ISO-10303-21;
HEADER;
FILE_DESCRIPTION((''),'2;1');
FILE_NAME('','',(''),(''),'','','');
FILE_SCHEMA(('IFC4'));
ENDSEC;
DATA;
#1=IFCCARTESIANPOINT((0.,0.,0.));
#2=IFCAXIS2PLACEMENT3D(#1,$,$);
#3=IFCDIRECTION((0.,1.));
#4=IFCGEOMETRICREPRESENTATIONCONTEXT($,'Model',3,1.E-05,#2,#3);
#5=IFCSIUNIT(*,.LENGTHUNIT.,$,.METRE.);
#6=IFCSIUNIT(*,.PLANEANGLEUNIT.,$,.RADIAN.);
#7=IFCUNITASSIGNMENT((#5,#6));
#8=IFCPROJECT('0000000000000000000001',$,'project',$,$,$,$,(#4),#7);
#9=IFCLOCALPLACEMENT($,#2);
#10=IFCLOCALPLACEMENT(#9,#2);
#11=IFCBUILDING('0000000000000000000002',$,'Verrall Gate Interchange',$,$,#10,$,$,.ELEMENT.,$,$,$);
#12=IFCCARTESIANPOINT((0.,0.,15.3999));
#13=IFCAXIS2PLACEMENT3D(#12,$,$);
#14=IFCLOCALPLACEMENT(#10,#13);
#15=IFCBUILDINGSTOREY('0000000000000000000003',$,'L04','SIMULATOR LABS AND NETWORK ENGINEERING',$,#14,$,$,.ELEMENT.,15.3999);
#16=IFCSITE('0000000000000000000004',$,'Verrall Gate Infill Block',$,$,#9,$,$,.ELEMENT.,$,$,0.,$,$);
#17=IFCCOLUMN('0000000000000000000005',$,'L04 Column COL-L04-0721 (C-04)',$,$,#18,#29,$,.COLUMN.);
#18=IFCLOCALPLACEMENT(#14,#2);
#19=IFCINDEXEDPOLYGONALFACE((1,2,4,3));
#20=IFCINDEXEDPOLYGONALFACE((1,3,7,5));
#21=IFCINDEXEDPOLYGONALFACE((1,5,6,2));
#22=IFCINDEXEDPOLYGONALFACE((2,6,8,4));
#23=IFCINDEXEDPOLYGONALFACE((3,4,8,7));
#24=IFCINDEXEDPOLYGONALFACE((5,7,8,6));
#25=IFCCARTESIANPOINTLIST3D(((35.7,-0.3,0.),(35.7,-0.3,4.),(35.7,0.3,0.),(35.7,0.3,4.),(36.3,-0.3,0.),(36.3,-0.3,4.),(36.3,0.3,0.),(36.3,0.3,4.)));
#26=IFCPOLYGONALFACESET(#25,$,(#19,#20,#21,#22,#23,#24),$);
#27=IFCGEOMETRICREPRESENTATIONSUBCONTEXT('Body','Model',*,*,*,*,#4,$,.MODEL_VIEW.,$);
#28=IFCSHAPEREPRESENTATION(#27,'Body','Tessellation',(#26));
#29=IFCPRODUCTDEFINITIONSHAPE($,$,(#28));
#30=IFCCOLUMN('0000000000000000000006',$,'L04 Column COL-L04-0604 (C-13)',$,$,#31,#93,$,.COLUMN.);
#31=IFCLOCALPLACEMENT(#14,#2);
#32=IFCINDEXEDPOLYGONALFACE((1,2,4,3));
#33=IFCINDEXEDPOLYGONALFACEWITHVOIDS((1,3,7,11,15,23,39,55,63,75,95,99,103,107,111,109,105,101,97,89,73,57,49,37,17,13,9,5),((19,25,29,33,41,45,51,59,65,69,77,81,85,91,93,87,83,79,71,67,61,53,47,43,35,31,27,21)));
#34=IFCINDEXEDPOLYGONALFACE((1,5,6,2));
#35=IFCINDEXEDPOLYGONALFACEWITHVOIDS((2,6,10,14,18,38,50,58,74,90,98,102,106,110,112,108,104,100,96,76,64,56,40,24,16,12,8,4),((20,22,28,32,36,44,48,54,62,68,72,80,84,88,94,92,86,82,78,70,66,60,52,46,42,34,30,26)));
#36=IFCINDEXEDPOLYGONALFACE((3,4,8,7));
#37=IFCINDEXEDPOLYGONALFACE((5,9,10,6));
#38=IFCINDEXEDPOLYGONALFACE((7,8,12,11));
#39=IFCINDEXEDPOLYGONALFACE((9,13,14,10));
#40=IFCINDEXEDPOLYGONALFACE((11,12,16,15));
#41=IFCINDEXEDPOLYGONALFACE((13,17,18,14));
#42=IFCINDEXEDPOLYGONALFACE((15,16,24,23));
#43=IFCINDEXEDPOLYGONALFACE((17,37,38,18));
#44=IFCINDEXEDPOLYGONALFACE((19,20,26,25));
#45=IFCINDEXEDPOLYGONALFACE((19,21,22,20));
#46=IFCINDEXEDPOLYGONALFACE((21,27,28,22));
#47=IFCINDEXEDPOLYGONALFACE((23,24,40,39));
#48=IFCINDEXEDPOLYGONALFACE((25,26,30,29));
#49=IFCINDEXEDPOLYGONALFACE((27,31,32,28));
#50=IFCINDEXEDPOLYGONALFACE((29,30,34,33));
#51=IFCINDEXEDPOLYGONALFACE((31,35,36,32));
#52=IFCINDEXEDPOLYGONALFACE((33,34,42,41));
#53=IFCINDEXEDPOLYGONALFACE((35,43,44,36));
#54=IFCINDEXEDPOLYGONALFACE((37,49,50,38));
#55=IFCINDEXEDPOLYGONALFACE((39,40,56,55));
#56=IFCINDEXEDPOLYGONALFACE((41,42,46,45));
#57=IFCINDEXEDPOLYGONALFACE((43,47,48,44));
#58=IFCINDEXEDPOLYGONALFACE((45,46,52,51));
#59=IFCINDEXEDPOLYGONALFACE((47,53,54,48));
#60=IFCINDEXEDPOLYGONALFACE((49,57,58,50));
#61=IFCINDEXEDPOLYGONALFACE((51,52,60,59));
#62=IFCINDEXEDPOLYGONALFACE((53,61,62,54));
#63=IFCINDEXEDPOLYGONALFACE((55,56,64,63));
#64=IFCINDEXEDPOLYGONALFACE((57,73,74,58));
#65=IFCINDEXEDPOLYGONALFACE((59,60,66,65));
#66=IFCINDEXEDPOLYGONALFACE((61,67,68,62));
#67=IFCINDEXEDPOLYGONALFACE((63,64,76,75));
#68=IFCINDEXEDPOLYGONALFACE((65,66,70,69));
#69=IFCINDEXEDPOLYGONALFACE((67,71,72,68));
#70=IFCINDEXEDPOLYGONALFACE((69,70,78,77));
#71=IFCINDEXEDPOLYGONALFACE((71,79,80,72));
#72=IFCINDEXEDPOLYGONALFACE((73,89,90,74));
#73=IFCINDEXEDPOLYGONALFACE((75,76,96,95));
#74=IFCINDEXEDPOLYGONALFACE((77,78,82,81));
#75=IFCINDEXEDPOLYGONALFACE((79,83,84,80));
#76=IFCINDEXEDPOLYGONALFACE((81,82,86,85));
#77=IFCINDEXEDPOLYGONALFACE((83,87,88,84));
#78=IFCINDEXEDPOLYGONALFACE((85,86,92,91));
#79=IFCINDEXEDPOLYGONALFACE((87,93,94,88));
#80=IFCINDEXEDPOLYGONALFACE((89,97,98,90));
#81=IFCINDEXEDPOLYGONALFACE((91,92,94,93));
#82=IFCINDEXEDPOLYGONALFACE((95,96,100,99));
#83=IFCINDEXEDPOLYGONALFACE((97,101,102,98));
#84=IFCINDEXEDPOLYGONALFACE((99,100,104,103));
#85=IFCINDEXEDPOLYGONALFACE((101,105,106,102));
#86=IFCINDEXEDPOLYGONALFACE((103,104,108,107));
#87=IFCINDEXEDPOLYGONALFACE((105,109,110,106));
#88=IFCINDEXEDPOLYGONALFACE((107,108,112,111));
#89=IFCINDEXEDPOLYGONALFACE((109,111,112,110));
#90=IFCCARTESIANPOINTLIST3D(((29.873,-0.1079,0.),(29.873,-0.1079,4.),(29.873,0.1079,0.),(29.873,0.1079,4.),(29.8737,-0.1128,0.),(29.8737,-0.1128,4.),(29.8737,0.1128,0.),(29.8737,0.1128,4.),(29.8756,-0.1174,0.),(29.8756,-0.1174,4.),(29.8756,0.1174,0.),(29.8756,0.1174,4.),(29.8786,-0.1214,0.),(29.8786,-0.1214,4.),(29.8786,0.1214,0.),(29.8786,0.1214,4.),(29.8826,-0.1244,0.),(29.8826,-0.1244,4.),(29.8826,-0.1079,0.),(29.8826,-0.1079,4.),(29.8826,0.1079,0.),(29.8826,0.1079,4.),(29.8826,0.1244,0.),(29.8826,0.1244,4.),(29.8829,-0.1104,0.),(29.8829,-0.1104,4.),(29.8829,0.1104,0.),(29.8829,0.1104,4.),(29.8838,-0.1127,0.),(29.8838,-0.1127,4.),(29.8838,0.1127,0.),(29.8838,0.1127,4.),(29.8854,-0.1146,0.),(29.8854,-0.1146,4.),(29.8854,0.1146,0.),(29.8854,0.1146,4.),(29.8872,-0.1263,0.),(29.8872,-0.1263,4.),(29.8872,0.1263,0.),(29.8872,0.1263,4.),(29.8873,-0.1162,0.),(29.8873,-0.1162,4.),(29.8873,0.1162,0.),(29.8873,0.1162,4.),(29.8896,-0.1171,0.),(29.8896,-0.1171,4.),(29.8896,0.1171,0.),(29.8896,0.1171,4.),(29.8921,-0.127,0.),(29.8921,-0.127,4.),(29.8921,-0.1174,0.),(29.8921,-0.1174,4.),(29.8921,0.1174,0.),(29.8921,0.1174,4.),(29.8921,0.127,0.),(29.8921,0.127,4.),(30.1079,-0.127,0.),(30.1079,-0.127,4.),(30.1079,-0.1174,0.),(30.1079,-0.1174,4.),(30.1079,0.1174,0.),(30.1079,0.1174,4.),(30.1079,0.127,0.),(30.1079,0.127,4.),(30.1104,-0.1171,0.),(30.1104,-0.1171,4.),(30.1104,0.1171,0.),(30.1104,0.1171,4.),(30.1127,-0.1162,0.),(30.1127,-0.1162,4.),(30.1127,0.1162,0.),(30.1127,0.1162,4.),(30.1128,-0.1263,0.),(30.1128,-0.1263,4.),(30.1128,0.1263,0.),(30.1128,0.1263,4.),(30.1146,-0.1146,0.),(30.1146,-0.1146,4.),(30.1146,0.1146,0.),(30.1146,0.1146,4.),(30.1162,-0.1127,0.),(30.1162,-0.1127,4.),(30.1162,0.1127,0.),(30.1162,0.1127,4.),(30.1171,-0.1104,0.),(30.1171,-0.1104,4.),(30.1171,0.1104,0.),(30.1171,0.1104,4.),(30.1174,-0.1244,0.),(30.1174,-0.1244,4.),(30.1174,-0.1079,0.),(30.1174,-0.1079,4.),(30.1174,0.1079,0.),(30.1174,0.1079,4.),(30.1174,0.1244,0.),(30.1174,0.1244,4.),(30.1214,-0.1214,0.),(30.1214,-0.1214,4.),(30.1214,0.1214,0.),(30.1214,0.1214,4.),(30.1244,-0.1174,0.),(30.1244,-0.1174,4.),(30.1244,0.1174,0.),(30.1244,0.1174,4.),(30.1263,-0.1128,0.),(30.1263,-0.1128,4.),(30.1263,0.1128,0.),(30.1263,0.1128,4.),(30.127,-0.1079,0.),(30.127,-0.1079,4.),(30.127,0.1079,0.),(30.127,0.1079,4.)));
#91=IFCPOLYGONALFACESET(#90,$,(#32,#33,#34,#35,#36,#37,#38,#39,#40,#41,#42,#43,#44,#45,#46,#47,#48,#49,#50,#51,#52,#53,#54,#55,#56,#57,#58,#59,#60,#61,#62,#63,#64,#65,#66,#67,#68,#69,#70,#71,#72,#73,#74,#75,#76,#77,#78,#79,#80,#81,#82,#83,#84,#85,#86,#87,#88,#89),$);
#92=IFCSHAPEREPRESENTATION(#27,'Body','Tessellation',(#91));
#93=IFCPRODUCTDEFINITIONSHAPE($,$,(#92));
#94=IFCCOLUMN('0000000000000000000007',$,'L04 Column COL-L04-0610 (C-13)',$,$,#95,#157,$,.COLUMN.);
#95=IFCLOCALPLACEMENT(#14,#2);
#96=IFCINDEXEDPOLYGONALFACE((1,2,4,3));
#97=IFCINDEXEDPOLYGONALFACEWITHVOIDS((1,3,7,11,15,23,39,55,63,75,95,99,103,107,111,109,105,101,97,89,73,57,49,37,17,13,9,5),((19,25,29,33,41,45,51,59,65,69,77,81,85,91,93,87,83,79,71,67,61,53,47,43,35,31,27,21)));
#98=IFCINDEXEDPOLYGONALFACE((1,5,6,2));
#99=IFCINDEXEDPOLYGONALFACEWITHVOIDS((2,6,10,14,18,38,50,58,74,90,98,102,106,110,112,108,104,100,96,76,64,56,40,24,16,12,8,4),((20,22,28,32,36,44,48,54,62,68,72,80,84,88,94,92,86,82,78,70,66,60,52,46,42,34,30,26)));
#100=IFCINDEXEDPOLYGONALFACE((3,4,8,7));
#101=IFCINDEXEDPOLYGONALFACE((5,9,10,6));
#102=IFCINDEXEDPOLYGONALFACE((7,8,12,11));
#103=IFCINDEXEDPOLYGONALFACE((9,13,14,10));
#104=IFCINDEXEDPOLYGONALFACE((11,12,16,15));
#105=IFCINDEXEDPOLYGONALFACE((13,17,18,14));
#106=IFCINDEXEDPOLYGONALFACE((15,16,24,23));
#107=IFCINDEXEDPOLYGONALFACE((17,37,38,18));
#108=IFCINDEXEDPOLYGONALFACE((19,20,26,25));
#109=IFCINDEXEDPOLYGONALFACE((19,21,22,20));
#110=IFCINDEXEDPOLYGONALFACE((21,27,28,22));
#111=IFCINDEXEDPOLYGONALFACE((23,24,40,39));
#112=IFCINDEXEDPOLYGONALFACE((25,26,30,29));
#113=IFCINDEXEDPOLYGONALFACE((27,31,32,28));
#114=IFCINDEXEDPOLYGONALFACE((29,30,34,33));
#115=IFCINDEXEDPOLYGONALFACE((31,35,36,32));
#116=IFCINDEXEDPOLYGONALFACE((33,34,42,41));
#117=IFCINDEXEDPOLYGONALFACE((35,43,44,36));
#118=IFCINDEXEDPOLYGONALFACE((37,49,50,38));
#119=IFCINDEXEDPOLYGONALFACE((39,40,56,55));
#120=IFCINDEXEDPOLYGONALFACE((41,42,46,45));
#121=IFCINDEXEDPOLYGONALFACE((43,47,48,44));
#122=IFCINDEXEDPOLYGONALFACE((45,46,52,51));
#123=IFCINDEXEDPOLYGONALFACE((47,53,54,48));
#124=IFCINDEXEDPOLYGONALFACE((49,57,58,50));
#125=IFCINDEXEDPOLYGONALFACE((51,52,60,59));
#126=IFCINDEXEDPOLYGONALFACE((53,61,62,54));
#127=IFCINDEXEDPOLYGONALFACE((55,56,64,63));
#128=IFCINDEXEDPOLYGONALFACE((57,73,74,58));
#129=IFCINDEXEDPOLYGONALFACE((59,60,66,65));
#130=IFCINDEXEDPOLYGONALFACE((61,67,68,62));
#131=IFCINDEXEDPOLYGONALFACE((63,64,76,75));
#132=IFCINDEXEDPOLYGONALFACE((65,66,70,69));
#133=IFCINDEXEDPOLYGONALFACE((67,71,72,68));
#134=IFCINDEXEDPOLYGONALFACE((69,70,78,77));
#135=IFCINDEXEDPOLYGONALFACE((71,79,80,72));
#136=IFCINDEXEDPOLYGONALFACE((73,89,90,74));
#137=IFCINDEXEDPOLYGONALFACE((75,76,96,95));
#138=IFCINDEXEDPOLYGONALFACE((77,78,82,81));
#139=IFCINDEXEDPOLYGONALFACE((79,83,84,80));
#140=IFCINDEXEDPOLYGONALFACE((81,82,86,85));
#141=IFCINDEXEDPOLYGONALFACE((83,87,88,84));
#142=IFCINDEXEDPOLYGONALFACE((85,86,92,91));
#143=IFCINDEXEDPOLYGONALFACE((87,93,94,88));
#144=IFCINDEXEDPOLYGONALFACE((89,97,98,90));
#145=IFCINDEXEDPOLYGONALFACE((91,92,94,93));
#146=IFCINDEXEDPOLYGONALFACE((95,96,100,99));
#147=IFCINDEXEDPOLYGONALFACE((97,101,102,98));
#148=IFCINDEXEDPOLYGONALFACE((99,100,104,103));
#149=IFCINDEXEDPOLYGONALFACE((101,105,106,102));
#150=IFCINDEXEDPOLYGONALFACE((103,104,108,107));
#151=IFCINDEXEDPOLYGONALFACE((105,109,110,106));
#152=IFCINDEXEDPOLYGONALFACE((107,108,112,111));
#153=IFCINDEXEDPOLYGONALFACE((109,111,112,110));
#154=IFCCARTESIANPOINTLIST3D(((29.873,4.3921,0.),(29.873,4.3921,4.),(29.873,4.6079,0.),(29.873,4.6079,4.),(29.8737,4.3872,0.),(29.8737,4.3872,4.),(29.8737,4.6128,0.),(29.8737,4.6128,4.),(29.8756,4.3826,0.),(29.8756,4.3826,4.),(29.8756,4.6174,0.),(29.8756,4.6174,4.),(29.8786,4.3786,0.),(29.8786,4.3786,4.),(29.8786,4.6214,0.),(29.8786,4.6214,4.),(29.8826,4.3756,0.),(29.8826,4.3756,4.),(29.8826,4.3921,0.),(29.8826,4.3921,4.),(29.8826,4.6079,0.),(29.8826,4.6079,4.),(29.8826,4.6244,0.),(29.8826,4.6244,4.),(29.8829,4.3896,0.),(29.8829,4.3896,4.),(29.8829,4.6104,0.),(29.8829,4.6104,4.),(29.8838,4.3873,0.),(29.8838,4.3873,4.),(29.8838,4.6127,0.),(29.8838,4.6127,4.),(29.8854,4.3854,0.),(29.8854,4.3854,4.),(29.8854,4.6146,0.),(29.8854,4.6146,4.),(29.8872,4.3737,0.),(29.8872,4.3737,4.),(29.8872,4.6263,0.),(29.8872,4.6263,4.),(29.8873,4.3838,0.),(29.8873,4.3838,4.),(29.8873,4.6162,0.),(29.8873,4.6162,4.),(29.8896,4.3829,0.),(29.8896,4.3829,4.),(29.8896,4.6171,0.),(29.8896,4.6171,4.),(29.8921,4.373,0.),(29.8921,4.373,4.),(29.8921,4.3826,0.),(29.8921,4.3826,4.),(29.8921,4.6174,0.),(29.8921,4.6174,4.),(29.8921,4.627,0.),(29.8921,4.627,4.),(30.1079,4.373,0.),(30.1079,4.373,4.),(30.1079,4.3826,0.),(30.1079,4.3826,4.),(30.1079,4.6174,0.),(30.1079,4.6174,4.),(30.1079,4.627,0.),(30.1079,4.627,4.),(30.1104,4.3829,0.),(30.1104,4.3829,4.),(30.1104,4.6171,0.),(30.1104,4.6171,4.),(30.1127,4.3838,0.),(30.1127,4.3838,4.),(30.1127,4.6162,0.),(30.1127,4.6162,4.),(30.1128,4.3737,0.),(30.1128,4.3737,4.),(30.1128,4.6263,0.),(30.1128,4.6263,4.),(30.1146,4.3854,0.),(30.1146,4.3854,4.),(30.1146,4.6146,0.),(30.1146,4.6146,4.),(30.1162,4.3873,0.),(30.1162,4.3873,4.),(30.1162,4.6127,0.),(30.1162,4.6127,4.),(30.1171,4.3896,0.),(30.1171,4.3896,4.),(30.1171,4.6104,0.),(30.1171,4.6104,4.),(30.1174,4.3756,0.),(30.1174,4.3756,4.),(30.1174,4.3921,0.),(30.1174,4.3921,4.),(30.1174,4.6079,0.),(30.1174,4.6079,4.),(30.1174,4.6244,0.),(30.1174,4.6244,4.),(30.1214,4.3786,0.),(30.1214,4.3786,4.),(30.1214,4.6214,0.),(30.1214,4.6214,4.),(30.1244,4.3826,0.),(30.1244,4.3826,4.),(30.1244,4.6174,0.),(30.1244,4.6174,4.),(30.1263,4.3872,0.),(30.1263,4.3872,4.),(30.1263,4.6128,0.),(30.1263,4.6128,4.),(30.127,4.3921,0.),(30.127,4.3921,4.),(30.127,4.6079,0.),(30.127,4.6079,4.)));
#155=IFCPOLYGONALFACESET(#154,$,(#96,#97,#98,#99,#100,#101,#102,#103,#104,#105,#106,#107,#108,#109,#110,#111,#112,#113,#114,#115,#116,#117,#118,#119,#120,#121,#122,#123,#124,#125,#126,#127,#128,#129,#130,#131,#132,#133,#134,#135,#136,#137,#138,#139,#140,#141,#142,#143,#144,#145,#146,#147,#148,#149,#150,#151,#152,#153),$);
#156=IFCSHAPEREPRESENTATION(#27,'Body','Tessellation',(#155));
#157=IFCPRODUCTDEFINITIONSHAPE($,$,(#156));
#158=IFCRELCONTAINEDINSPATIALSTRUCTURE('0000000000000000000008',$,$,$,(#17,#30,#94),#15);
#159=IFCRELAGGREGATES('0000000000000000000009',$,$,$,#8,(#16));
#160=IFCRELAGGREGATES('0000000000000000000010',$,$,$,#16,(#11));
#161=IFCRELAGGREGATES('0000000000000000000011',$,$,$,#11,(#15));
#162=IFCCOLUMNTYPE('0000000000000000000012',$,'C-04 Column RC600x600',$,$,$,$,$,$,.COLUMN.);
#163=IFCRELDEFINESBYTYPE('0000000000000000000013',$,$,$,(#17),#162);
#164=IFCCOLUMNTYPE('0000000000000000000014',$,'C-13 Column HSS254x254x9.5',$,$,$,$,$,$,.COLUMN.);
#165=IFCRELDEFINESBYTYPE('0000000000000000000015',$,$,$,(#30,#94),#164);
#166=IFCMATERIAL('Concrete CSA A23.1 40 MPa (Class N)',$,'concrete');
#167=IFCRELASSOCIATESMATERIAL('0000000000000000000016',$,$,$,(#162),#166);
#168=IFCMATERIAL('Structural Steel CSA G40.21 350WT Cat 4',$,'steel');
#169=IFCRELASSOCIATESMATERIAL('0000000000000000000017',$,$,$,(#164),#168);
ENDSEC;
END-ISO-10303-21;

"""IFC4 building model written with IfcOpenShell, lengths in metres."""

from ifc_helpers import new_model, si_unit, direction, frame, origin, origin_2d, place, context, subcontext, project, spatial, rectangle, hollow_rectangle, extrude, material, material_profile, profile_set, type_object, element, save


model = new_model("IFC4")

# Units and contexts
model_context = context("Model", 3, precision=1e-05, world=origin(), true_north=direction((0.0, 1.0)))
body_context = subcontext(model_context, "Body", "Model", "MODEL_VIEW")
ifc_project = project(units=[si_unit("LENGTHUNIT", "METRE"), si_unit("PLANEANGLEUNIT", "RADIAN")], contexts=[model_context])

# Site, building, storey
site_placement = place(None, origin())
site = spatial("IfcSite", under=ifc_project, at=site_placement, Name="Verrall Gate Infill Block", CompositionType="ELEMENT", RefElevation=0.0)
building_placement = place(site_placement, origin())
building = spatial("IfcBuilding", under=site, at=building_placement, Name="Verrall Gate Interchange", CompositionType="ELEMENT")
storey_placement = place(building_placement, frame((0.0, 0.0, 15.3999)))
storey = spatial("IfcBuildingStorey", under=building, at=storey_placement, Name="L04", Description="SIMULATOR LABS AND NETWORK ENGINEERING", CompositionType="ELEMENT", Elevation=15.3999)

# Columns
ifc_material_1 = material(Name="Concrete CSA A23.1 40 MPa (Class N)", Category="concrete")
ifc_material_profile_1 = material_profile(ifc_material_1, rectangle(XDim=0.6001, YDim=0.6001, at=origin_2d()), Name="RC600x600")
ifc_profile_set_1 = profile_set([ifc_material_profile_1], Name="Concrete CSA A23.1 40 MPa (Class N)")
column_type_1 = type_object("IfcColumnType", Name="C-04 Column RC600x600", PredefinedType="COLUMN", material=ifc_profile_set_1)
column_placement = place(storey_placement, frame((36.0, 0.0, 0.0), z_axis=(0.0, 0.0, 1.0), x_axis=(1.0, 0.0, 0.0)))
element("IfcColumn", 1, at=column_placement, inside=storey, type_object=column_type_1, Name="L04 Column COL-L04-0721 (C-04)", PredefinedType="COLUMN", context=body_context, shape_type="SweptSolid", body=[
    extrude(rectangle(XDim=0.6001, YDim=0.6001, at=origin_2d()), origin(), (0.0, 0.0, 1.0), 4.0),
])
ifc_material_2 = material(Name="Structural Steel CSA G40.21 350WT Cat 4", Category="steel")
ifc_material_profile_2 = material_profile(ifc_material_2, hollow_rectangle(XDim=0.2539, YDim=0.2539, WallThickness=0.0095, InnerFilletRadius=0.0095, OuterFilletRadius=0.019, at=origin_2d()), Name="HSS254x254x9.5")
ifc_profile_set_2 = profile_set([ifc_material_profile_2], Name="Structural Steel CSA G40.21 350WT Cat 4")
column_type_2 = type_object("IfcColumnType", Name="C-13 Column HSS254x254x9.5", PredefinedType="COLUMN", material=ifc_profile_set_2)
for number, where, z_axis, x_axis, name in (
    (2, (30.0, 0.0, 0.0), (0.0, 0.0, 1.0), (1.0, 0.0, 0.0), "L04 Column COL-L04-0604 (C-13)"),
    (3, (30.0, 4.5, 0.0), (0.0, 0.0, 1.0), (1.0, 0.0, 0.0), "L04 Column COL-L04-0610 (C-13)"),
):
    element("IfcColumn", number, at=place(storey_placement, frame(where, z_axis=z_axis, x_axis=x_axis)), inside=storey, type_object=column_type_2, Name=name, PredefinedType="COLUMN", context=body_context, shape_type="SweptSolid", body=[
        extrude(hollow_rectangle(XDim=0.2539, YDim=0.2539, WallThickness=0.0095, InnerFilletRadius=0.0095, OuterFilletRadius=0.019, at=origin_2d()), origin(), (0.0, 0.0, 1.0), 4.0),
    ])

save(model, "model.ifc")
